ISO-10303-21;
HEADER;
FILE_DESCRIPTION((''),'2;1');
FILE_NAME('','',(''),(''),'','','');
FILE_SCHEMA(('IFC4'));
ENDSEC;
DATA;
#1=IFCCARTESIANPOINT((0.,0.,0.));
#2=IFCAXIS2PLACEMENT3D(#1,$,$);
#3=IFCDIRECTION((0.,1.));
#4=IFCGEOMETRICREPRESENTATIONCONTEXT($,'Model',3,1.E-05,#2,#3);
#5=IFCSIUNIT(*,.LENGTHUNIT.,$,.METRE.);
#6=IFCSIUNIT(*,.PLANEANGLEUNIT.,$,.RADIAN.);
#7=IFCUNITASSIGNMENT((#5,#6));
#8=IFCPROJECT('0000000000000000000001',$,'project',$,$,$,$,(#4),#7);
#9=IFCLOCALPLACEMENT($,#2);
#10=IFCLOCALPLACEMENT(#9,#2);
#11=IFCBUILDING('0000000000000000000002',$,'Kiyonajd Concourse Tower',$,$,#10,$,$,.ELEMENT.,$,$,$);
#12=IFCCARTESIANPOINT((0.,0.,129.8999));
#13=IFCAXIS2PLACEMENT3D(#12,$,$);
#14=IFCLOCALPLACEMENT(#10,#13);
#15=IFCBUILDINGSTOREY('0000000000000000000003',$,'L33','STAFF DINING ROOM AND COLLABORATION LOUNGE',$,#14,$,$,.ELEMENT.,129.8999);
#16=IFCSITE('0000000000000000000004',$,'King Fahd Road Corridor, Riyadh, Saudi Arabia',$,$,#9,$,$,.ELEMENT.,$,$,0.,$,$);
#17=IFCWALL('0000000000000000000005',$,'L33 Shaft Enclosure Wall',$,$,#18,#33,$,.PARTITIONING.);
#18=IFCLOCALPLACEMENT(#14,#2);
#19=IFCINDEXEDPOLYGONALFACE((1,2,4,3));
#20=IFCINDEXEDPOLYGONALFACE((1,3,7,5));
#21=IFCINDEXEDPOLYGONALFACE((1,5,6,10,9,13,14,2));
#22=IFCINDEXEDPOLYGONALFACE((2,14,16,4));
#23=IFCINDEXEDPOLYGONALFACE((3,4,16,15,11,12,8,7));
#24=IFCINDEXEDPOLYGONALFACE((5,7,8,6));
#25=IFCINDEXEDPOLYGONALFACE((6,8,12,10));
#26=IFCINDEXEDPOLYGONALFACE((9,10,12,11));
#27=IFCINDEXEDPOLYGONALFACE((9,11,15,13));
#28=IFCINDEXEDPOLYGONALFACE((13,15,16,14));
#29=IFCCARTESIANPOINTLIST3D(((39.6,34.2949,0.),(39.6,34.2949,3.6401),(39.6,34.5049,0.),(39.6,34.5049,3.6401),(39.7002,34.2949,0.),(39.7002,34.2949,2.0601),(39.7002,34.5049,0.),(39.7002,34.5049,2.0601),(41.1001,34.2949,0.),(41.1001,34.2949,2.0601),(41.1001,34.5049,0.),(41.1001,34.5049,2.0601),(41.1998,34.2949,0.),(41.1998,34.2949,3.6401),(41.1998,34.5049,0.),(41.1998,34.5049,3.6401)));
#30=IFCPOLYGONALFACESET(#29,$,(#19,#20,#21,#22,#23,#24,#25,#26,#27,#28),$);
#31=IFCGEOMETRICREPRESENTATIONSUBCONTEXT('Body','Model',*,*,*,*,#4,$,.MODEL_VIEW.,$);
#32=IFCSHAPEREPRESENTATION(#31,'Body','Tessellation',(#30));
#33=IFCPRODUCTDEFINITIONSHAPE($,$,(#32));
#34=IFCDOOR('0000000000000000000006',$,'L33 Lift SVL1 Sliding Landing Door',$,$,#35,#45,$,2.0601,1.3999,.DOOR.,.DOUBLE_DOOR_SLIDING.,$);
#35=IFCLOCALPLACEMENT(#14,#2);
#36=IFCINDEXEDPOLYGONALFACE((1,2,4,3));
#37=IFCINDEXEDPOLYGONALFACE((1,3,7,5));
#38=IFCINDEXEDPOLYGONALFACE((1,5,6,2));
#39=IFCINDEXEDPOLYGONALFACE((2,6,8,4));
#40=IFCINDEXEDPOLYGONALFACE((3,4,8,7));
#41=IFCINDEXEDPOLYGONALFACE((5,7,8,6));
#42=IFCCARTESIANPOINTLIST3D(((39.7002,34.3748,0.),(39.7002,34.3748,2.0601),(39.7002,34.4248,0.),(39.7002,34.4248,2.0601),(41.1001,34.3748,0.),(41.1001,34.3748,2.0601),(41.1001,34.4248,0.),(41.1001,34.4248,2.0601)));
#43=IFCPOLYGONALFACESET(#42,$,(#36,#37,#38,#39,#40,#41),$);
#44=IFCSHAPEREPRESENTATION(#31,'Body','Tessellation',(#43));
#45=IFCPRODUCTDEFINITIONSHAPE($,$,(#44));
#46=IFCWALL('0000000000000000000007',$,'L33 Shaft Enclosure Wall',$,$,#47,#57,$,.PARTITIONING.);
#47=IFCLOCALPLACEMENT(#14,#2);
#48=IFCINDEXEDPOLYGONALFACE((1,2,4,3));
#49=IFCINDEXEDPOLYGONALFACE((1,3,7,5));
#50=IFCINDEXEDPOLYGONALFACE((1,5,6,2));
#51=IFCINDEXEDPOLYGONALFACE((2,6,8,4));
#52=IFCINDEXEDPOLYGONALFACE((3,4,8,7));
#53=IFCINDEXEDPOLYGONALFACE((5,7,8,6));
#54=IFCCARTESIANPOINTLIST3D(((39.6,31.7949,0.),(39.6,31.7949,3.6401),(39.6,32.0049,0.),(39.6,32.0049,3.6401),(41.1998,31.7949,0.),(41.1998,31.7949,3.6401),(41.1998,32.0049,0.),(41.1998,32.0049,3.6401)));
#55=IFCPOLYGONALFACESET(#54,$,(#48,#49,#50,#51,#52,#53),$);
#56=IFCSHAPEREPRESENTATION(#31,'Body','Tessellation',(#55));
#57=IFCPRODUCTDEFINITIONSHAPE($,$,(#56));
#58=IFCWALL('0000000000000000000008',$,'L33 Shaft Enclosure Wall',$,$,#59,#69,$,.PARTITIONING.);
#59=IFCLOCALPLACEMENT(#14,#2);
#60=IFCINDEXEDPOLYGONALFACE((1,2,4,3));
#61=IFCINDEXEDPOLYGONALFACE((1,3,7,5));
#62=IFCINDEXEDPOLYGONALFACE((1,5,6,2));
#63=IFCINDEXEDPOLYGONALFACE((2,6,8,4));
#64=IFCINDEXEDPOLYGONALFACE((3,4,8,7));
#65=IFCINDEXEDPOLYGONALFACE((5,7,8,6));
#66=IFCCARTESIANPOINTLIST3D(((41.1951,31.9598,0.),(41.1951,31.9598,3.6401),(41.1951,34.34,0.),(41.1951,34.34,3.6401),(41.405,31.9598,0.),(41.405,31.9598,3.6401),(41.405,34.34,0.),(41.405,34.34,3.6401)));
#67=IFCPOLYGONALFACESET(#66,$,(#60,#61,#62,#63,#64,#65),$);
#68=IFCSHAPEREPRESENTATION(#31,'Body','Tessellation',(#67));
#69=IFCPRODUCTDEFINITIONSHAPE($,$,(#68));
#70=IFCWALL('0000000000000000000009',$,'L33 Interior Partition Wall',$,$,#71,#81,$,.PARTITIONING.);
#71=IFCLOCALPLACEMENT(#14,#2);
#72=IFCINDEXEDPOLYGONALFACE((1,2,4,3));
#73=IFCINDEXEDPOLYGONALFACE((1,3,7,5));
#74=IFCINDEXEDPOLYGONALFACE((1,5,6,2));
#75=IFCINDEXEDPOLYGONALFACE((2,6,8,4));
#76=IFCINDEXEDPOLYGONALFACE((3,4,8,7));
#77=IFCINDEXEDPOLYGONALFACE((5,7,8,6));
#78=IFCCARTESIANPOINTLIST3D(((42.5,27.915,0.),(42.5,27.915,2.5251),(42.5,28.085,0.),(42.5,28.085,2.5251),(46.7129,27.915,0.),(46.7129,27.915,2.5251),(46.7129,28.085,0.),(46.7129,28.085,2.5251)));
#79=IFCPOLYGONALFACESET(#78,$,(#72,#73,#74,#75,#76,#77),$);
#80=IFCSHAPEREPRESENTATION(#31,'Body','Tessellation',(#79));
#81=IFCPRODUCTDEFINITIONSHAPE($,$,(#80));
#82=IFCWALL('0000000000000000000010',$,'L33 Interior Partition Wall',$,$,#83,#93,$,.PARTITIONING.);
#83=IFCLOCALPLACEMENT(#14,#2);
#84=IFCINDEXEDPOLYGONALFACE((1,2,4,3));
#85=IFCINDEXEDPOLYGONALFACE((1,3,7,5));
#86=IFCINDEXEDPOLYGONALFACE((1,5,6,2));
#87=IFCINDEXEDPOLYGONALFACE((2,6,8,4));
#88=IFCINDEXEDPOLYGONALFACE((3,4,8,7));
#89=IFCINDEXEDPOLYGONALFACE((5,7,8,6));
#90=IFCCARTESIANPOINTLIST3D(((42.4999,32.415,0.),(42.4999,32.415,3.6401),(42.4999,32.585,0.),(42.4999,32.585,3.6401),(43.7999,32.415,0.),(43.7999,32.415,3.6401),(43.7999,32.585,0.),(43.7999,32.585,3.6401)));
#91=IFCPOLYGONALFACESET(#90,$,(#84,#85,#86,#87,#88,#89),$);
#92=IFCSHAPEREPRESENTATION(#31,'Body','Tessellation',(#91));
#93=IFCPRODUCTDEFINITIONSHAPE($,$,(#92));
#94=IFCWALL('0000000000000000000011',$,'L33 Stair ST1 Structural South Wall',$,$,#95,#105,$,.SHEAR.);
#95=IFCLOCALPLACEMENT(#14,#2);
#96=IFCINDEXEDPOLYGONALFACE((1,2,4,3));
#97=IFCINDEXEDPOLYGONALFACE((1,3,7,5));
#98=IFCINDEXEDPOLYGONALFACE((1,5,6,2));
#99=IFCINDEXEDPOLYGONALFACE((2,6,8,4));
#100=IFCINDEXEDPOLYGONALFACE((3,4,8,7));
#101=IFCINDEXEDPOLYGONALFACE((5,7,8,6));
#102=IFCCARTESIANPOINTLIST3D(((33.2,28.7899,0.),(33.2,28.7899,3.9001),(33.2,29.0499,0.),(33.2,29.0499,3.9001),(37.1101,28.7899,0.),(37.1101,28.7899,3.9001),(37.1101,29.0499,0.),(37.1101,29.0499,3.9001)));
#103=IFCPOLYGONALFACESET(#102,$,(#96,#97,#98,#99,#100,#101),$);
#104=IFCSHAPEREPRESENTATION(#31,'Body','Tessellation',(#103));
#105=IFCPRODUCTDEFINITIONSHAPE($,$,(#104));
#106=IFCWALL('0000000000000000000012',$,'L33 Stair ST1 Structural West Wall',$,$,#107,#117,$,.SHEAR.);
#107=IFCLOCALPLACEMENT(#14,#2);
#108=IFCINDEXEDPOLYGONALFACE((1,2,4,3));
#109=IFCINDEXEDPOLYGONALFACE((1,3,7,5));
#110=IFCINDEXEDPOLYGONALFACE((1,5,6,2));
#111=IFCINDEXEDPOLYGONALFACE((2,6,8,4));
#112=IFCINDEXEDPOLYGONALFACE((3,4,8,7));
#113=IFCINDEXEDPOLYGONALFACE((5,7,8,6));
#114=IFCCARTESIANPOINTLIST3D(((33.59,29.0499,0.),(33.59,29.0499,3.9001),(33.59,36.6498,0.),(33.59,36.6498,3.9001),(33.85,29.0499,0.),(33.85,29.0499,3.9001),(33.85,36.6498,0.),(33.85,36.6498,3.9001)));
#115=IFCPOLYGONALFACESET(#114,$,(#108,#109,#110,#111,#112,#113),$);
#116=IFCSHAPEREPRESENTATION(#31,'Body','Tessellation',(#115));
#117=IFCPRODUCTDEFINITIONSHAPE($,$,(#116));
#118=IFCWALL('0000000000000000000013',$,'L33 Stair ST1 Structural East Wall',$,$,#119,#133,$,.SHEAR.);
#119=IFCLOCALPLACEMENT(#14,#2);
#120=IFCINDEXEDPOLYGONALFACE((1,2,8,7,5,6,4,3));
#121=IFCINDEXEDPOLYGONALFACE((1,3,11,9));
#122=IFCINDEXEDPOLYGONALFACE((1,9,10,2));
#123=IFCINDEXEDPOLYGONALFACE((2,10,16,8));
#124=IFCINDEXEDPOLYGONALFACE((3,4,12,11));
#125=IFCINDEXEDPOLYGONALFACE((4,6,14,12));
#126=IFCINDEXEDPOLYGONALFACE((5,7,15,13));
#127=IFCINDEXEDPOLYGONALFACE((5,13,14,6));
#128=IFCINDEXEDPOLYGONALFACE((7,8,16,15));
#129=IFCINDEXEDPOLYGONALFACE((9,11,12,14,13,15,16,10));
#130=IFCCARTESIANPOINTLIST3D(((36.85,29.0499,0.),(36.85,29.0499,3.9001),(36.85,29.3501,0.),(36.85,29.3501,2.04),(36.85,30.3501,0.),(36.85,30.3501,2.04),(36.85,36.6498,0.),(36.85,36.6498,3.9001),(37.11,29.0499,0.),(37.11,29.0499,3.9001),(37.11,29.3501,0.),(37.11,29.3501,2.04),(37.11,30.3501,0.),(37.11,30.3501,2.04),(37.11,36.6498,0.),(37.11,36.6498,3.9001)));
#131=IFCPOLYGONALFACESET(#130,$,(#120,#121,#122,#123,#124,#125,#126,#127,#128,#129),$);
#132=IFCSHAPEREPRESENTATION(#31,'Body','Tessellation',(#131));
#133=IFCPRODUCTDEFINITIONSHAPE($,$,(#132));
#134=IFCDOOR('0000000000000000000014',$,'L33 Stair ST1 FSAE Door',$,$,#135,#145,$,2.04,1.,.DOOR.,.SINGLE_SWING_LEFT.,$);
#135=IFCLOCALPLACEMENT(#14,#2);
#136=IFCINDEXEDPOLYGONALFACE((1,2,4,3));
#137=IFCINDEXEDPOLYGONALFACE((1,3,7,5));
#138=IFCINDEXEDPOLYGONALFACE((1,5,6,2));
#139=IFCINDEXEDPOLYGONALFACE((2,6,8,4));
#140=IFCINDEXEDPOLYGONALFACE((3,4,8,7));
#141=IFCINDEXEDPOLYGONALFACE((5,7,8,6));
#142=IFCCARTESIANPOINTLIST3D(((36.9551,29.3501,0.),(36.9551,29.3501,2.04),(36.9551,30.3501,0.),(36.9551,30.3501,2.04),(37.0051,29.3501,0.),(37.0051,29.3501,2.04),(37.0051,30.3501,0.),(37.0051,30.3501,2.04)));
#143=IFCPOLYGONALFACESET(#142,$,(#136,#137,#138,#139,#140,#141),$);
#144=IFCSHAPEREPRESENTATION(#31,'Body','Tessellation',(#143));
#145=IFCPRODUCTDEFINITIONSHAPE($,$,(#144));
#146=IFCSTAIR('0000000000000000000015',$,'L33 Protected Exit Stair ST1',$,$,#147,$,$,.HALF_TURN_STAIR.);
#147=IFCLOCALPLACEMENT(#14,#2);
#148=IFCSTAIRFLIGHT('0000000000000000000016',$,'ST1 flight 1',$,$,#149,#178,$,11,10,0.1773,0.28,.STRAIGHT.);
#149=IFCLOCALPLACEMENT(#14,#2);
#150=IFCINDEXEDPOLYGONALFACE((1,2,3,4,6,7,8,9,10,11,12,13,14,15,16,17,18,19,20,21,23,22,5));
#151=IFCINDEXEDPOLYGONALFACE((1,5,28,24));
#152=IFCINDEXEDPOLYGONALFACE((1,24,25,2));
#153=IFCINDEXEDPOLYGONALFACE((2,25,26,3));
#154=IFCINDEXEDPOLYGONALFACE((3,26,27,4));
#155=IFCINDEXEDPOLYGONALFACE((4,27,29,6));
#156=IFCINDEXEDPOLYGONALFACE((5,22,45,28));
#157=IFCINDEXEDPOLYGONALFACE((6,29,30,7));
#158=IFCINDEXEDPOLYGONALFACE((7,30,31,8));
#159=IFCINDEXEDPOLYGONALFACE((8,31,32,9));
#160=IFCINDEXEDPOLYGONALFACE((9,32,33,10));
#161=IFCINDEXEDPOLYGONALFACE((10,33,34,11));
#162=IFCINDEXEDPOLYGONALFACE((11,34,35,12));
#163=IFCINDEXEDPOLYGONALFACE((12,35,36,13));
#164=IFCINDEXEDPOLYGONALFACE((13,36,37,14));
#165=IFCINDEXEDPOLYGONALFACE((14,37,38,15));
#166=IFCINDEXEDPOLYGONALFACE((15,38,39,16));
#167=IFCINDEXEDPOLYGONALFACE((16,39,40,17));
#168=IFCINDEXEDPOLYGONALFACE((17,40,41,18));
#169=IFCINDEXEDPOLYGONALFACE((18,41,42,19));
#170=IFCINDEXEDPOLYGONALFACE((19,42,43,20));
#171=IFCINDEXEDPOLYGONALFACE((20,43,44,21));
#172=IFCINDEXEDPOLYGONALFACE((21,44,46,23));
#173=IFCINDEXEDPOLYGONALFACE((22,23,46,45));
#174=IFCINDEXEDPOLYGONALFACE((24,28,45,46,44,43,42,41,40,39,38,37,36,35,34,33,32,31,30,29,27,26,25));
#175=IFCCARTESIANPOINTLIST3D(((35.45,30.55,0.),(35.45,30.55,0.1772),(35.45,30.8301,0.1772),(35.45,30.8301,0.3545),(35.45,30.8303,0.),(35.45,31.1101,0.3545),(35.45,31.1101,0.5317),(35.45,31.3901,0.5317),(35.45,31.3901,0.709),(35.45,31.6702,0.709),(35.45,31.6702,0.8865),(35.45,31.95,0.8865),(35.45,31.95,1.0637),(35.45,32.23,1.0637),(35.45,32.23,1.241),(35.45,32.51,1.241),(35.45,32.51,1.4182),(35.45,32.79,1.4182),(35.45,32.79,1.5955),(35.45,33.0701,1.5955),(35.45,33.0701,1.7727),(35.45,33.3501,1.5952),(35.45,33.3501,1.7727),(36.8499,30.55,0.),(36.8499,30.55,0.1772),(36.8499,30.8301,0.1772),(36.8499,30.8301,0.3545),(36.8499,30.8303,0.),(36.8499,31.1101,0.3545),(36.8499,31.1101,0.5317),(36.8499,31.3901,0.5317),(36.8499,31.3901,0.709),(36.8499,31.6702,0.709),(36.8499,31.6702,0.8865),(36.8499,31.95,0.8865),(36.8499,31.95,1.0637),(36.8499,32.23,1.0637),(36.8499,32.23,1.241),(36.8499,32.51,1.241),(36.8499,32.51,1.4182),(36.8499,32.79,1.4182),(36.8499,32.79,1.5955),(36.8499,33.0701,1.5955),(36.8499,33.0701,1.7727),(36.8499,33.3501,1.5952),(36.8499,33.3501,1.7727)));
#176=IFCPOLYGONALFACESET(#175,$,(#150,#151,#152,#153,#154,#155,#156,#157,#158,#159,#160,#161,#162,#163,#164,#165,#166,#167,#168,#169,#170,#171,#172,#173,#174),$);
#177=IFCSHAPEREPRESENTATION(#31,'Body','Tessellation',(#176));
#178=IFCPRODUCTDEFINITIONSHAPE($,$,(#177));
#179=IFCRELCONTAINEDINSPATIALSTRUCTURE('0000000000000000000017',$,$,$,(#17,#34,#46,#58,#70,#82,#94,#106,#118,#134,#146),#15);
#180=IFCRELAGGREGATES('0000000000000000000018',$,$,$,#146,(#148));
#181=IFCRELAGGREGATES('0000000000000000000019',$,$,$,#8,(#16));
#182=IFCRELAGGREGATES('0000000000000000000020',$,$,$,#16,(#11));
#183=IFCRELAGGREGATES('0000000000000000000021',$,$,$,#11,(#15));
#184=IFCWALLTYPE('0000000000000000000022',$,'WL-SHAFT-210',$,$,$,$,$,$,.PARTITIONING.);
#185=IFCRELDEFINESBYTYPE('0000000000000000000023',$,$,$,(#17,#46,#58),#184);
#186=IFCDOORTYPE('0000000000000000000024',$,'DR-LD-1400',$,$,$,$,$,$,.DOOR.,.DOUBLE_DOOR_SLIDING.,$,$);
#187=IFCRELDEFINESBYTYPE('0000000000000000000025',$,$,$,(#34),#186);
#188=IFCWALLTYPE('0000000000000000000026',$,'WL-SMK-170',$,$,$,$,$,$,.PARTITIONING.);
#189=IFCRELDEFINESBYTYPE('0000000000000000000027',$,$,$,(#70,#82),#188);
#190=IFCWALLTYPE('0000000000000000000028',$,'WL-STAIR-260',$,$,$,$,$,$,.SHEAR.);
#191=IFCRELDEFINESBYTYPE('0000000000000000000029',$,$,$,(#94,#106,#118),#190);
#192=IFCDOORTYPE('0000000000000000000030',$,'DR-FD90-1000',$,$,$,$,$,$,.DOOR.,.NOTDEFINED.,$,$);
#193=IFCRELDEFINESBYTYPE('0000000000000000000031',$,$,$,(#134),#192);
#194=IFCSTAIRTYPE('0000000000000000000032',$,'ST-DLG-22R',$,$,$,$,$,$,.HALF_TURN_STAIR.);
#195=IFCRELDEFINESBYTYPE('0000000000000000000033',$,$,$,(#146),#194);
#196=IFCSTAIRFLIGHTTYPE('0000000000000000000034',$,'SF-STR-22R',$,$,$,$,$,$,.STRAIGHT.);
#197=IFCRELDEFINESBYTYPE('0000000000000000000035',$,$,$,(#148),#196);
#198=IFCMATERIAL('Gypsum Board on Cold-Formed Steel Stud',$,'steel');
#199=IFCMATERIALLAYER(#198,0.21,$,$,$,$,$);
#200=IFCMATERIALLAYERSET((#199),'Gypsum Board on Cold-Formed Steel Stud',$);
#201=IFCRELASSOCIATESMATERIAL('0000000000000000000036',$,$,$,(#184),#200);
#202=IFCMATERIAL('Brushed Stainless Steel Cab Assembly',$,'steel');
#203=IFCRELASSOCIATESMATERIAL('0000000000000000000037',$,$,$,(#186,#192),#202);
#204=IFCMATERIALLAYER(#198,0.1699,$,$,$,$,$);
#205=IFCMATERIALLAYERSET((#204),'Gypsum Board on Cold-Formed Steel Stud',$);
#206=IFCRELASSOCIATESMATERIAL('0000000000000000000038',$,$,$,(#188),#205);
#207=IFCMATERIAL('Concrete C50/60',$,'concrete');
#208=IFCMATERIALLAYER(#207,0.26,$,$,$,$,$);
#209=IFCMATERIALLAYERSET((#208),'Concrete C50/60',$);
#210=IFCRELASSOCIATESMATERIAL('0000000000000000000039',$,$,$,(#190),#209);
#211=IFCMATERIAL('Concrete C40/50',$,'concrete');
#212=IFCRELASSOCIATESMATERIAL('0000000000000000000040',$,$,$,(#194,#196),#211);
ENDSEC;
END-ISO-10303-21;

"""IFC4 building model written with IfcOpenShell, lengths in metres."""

from ifc_helpers import new_model, si_unit, direction, frame, frame_2d, origin, place, context, subcontext, project, spatial, polyline, rectangle, outline, extrude, material, layer, layer_set, type_object, element, fill, aggregate, save


model = new_model("IFC4")

# Units and contexts
model_context = context("Model", 3, precision=1e-05, world=origin(), true_north=direction((0.0, 1.0)))
body_context = subcontext(model_context, "Body", "Model", "MODEL_VIEW")
ifc_project = project(units=[si_unit("LENGTHUNIT", "METRE"), si_unit("PLANEANGLEUNIT", "RADIAN")], contexts=[model_context])

# Site, building, storey
site_placement = place(None, origin())
site = spatial("IfcSite", under=ifc_project, at=site_placement, Name="King Fahd Road Corridor, Riyadh, Saudi Arabia", CompositionType="ELEMENT", RefElevation=0.0)
building_placement = place(site_placement, origin())
building = spatial("IfcBuilding", under=site, at=building_placement, Name="Kiyonajd Concourse Tower", CompositionType="ELEMENT")
storey_placement = place(building_placement, frame((0.0, 0.0, 129.8999)))
storey = spatial("IfcBuildingStorey", under=building, at=storey_placement, Name="L33", Description="STAFF DINING ROOM AND COLLABORATION LOUNGE", CompositionType="ELEMENT", Elevation=129.8999)

# Shared definitions
ifc_material_1 = material(Name="Concrete C50/60", Category="concrete")

# Shared definitions
ifc_material_2 = material(Name="Brushed Stainless Steel Cab Assembly", Category="steel")
ifc_material_3 = material(Name="Gypsum Board on Cold-Formed Steel Stud", Category="steel")
ifc_layer_1 = layer(ifc_material_3, 0.21)
ifc_layer_set_1 = layer_set([ifc_layer_1], Name="Gypsum Board on Cold-Formed Steel Stud")
wall_type_1 = type_object("IfcWallType", Name="WL-SHAFT-210", PredefinedType="PARTITIONING", material=ifc_layer_set_1)

# Wall, opening, door
wall_1_placement = place(storey_placement, frame((39.6001, 34.3999, 0.0), z_axis=(0.0, 0.0, 1.0), x_axis=(1.0, 0.0, 0.0)))
wall_1 = element("IfcWall", 1, at=wall_1_placement, inside=storey, type_object=wall_type_1, Name="L33 Shaft Enclosure Wall", PredefinedType="PARTITIONING", context=body_context, shape_type="SweptSolid", body=[
    extrude(rectangle(XDim=1.5999, YDim=0.21, at=frame_2d((0.7998, 0.0))), origin(), (0.0, 0.0, 1.0), 3.6401),
])
opening_1_placement = place(wall_1_placement, frame((0.1001, 0.0, 0.0)))
opening_1 = element("IfcOpeningElement", 2, at=opening_1_placement, cuts=wall_1, PredefinedType="OPENING", context=body_context, shape_type="SweptSolid", body=[
    extrude(rectangle(XDim=1.3999, YDim=2.0601, at=frame_2d((0.7, 1.03))), frame((0.0, 0.115, 0.0), z_axis=(0.0, -1.0, 0.0), x_axis=(1.0, 0.0, 0.0)), (0.0, 0.0, 1.0), 0.23),
])
door_type_1 = type_object("IfcDoorType", Name="DR-LD-1400", OperationType="DOUBLE_DOOR_SLIDING", PredefinedType="DOOR", material=ifc_material_2)
door_1_placement = place(opening_1_placement, origin())
door_1 = element("IfcDoor", 3, at=door_1_placement, inside=storey, type_object=door_type_1, Name="L33 Lift SVL1 Sliding Landing Door", OperationType="DOUBLE_DOOR_SLIDING", OverallHeight=2.0601, OverallWidth=1.3999, PredefinedType="DOOR", context=body_context, shape_type="SweptSolid", body=[
    extrude(rectangle(XDim=1.3999, YDim=2.0601, at=frame_2d((0.7, 1.03))), frame((0.0, 0.0249, 0.0), z_axis=(0.0, -1.0, 0.0), x_axis=(1.0, 0.0, 0.0)), (0.0, 0.0, 1.0), 0.05),
])
fill(opening_1, door_1)

# Walls
wall_2_placement = place(storey_placement, frame((39.6001, 31.8999, 0.0), z_axis=(0.0, 0.0, 1.0), x_axis=(1.0, 0.0, 0.0)))
element("IfcWall", 4, at=wall_2_placement, inside=storey, type_object=wall_type_1, Name="L33 Shaft Enclosure Wall", PredefinedType="PARTITIONING", context=body_context, shape_type="SweptSolid", body=[
    extrude(rectangle(XDim=1.5999, YDim=0.21, at=frame_2d((0.7998, 0.0))), origin(), (0.0, 0.0, 1.0), 3.6401),
])
wall_3_placement = place(storey_placement, frame((41.3, 31.96, 0.0), z_axis=(0.0, 0.0, 1.0), x_axis=(0.0, 1.0, 0.0)))
element("IfcWall", 5, at=wall_3_placement, inside=storey, type_object=wall_type_1, Name="L33 Shaft Enclosure Wall", PredefinedType="PARTITIONING", context=body_context, shape_type="SweptSolid", body=[
    extrude(rectangle(XDim=2.3801, YDim=0.21, at=frame_2d((1.1899, 0.0))), origin(), (0.0, 0.0, 1.0), 3.6401),
])
ifc_layer_2 = layer(ifc_material_3, 0.1699)
ifc_layer_set_2 = layer_set([ifc_layer_2], Name="Gypsum Board on Cold-Formed Steel Stud")
wall_type_2 = type_object("IfcWallType", Name="WL-SMK-170", PredefinedType="PARTITIONING", material=ifc_layer_set_2)
wall_4_placement = place(storey_placement, frame((42.5, 28.0, 0.0), z_axis=(0.0, 0.0, 1.0), x_axis=(1.0, 0.0, 0.0)))
element("IfcWall", 6, at=wall_4_placement, inside=storey, type_object=wall_type_2, Name="L33 Interior Partition Wall", PredefinedType="PARTITIONING", context=body_context, shape_type="SweptSolid", body=[
    extrude(rectangle(XDim=4.2129, YDim=0.1699, at=frame_2d((2.1064, 0.0))), origin(), (0.0, 0.0, 1.0), 2.5251),
])
wall_5_placement = place(storey_placement, frame((42.5, 32.5, 0.0), z_axis=(0.0, 0.0, 1.0), x_axis=(1.0, 0.0, 0.0)))
element("IfcWall", 7, at=wall_5_placement, inside=storey, type_object=wall_type_2, Name="L33 Interior Partition Wall", PredefinedType="PARTITIONING", context=body_context, shape_type="SweptSolid", body=[
    extrude(rectangle(XDim=1.3, YDim=0.1699, at=frame_2d((0.6499, 0.0))), origin(), (0.0, 0.0, 1.0), 3.6401),
])
ifc_layer_3 = layer(ifc_material_1, 0.26)
ifc_layer_set_3 = layer_set([ifc_layer_3], Name="Concrete C50/60")
wall_type_3 = type_object("IfcWallType", Name="WL-STAIR-260", PredefinedType="SHEAR", material=ifc_layer_set_3)
wall_6_placement = place(storey_placement, frame((33.2, 28.9199, 0.0), z_axis=(0.0, 0.0, 1.0), x_axis=(1.0, 0.0, 0.0)))
element("IfcWall", 8, at=wall_6_placement, inside=storey, type_object=wall_type_3, Name="L33 Stair ST1 Structural South Wall", PredefinedType="SHEAR", context=body_context, shape_type="SweptSolid", body=[
    extrude(rectangle(XDim=3.9102, YDim=0.26, at=frame_2d((1.9551, 0.0))), origin(), (0.0, 0.0, 1.0), 3.9001),
])
wall_7_placement = place(storey_placement, frame((33.72, 29.05, 0.0), z_axis=(0.0, 0.0, 1.0), x_axis=(0.0, 1.0, 0.0)))
element("IfcWall", 9, at=wall_7_placement, inside=storey, type_object=wall_type_3, Name="L33 Stair ST1 Structural West Wall", PredefinedType="SHEAR", context=body_context, shape_type="SweptSolid", body=[
    extrude(rectangle(XDim=7.5999, YDim=0.26, at=frame_2d((3.7998, 0.0))), origin(), (0.0, 0.0, 1.0), 3.9001),
])

# Wall, opening, door
wall_8_placement = place(storey_placement, frame((36.98, 29.05, 0.0), z_axis=(0.0, 0.0, 1.0), x_axis=(0.0, 1.0, 0.0)))
wall_8 = element("IfcWall", 10, at=wall_8_placement, inside=storey, type_object=wall_type_3, Name="L33 Stair ST1 Structural East Wall", PredefinedType="SHEAR", context=body_context, shape_type="SweptSolid", body=[
    extrude(rectangle(XDim=7.5999, YDim=0.26, at=frame_2d((3.7998, 0.0))), origin(), (0.0, 0.0, 1.0), 3.9001),
])
opening_2_placement = place(wall_8_placement, frame((0.3, 0.0, 0.0)))
opening_2 = element("IfcOpeningElement", 11, at=opening_2_placement, cuts=wall_8, PredefinedType="OPENING", context=body_context, shape_type="SweptSolid", body=[
    extrude(rectangle(XDim=1.0, YDim=2.04, at=frame_2d((0.5, 1.02))), frame((0.0, 0.1399, 0.0), z_axis=(0.0, -1.0, 0.0), x_axis=(1.0, 0.0, 0.0)), (0.0, 0.0, 1.0), 0.28),
])
door_type_2 = type_object("IfcDoorType", Name="DR-FD90-1000", OperationType="NOTDEFINED", PredefinedType="DOOR", material=ifc_material_2)
door_2_placement = place(opening_2_placement, origin())
door_2 = element("IfcDoor", 12, at=door_2_placement, inside=storey, type_object=door_type_2, Name="L33 Stair ST1 FSAE Door", OperationType="SINGLE_SWING_LEFT", OverallHeight=2.04, OverallWidth=1.0, PredefinedType="DOOR", context=body_context, shape_type="SweptSolid", body=[
    extrude(rectangle(XDim=1.0, YDim=2.04, at=frame_2d((0.5, 1.02))), frame((0.0, 0.0249, 0.0), z_axis=(0.0, -1.0, 0.0), x_axis=(1.0, 0.0, 0.0)), (0.0, 0.0, 1.0), 0.05),
])
fill(opening_2, door_2)

# Stair, stair flight
ifc_material_4 = material(Name="Concrete C40/50", Category="concrete")
stair_type = type_object("IfcStairType", Name="ST-DLG-22R", PredefinedType="HALF_TURN_STAIR", material=ifc_material_4)
stair_placement = place(storey_placement, origin())
stair = element("IfcStair", 13, at=stair_placement, inside=storey, type_object=stair_type, Name="L33 Protected Exit Stair ST1", PredefinedType="HALF_TURN_STAIR")
stair_flight_type = type_object("IfcStairFlightType", Name="SF-STR-22R", PredefinedType="STRAIGHT", material=ifc_material_4)
stair_flight_1_placement = place(storey_placement, frame((36.1499, 30.55, 0.0), z_axis=(0.0, 0.0, 1.0), x_axis=(0.0, 1.0, 0.0)))
stair_flight_1 = element("IfcStairFlight", 14, at=stair_flight_1_placement, type_object=stair_flight_type, Name="ST1 flight 1", NumberOfRisers=11, NumberOfTreads=10, PredefinedType="STRAIGHT", RiserHeight=0.1773, TreadLength=0.28, context=body_context, shape_type="SweptSolid", body=[
    extrude(outline(polyline([(0.0, 0.0), (0.0, 0.1772), (0.28, 0.1772), (0.28, 0.3545), (0.5601, 0.3545), (0.5601, 0.5317), (0.8401, 0.5317), (0.8401, 0.709), (1.1201, 0.709), (1.1201, 0.8865), (1.3999, 0.8865), (1.3999, 1.0637), (1.6799, 1.0637), (1.6799, 1.241), (1.96, 1.241), (1.96, 1.4182), (2.24, 1.4182), (2.24, 1.5955), (2.52, 1.5955), (2.52, 1.7727), (2.8, 1.7727), (2.8, 1.95), (2.8, 1.5952), (0.2803, 0.0), (0.0, 0.0)])), frame((0.0, 0.7, 0.0), z_axis=(0.0, -1.0, 0.0), x_axis=(1.0, 0.0, 0.0)), (0.0, 0.0, 1.0), 1.3999),
])
aggregate(stair, [stair_flight_1])

save(model, "model.ifc")
